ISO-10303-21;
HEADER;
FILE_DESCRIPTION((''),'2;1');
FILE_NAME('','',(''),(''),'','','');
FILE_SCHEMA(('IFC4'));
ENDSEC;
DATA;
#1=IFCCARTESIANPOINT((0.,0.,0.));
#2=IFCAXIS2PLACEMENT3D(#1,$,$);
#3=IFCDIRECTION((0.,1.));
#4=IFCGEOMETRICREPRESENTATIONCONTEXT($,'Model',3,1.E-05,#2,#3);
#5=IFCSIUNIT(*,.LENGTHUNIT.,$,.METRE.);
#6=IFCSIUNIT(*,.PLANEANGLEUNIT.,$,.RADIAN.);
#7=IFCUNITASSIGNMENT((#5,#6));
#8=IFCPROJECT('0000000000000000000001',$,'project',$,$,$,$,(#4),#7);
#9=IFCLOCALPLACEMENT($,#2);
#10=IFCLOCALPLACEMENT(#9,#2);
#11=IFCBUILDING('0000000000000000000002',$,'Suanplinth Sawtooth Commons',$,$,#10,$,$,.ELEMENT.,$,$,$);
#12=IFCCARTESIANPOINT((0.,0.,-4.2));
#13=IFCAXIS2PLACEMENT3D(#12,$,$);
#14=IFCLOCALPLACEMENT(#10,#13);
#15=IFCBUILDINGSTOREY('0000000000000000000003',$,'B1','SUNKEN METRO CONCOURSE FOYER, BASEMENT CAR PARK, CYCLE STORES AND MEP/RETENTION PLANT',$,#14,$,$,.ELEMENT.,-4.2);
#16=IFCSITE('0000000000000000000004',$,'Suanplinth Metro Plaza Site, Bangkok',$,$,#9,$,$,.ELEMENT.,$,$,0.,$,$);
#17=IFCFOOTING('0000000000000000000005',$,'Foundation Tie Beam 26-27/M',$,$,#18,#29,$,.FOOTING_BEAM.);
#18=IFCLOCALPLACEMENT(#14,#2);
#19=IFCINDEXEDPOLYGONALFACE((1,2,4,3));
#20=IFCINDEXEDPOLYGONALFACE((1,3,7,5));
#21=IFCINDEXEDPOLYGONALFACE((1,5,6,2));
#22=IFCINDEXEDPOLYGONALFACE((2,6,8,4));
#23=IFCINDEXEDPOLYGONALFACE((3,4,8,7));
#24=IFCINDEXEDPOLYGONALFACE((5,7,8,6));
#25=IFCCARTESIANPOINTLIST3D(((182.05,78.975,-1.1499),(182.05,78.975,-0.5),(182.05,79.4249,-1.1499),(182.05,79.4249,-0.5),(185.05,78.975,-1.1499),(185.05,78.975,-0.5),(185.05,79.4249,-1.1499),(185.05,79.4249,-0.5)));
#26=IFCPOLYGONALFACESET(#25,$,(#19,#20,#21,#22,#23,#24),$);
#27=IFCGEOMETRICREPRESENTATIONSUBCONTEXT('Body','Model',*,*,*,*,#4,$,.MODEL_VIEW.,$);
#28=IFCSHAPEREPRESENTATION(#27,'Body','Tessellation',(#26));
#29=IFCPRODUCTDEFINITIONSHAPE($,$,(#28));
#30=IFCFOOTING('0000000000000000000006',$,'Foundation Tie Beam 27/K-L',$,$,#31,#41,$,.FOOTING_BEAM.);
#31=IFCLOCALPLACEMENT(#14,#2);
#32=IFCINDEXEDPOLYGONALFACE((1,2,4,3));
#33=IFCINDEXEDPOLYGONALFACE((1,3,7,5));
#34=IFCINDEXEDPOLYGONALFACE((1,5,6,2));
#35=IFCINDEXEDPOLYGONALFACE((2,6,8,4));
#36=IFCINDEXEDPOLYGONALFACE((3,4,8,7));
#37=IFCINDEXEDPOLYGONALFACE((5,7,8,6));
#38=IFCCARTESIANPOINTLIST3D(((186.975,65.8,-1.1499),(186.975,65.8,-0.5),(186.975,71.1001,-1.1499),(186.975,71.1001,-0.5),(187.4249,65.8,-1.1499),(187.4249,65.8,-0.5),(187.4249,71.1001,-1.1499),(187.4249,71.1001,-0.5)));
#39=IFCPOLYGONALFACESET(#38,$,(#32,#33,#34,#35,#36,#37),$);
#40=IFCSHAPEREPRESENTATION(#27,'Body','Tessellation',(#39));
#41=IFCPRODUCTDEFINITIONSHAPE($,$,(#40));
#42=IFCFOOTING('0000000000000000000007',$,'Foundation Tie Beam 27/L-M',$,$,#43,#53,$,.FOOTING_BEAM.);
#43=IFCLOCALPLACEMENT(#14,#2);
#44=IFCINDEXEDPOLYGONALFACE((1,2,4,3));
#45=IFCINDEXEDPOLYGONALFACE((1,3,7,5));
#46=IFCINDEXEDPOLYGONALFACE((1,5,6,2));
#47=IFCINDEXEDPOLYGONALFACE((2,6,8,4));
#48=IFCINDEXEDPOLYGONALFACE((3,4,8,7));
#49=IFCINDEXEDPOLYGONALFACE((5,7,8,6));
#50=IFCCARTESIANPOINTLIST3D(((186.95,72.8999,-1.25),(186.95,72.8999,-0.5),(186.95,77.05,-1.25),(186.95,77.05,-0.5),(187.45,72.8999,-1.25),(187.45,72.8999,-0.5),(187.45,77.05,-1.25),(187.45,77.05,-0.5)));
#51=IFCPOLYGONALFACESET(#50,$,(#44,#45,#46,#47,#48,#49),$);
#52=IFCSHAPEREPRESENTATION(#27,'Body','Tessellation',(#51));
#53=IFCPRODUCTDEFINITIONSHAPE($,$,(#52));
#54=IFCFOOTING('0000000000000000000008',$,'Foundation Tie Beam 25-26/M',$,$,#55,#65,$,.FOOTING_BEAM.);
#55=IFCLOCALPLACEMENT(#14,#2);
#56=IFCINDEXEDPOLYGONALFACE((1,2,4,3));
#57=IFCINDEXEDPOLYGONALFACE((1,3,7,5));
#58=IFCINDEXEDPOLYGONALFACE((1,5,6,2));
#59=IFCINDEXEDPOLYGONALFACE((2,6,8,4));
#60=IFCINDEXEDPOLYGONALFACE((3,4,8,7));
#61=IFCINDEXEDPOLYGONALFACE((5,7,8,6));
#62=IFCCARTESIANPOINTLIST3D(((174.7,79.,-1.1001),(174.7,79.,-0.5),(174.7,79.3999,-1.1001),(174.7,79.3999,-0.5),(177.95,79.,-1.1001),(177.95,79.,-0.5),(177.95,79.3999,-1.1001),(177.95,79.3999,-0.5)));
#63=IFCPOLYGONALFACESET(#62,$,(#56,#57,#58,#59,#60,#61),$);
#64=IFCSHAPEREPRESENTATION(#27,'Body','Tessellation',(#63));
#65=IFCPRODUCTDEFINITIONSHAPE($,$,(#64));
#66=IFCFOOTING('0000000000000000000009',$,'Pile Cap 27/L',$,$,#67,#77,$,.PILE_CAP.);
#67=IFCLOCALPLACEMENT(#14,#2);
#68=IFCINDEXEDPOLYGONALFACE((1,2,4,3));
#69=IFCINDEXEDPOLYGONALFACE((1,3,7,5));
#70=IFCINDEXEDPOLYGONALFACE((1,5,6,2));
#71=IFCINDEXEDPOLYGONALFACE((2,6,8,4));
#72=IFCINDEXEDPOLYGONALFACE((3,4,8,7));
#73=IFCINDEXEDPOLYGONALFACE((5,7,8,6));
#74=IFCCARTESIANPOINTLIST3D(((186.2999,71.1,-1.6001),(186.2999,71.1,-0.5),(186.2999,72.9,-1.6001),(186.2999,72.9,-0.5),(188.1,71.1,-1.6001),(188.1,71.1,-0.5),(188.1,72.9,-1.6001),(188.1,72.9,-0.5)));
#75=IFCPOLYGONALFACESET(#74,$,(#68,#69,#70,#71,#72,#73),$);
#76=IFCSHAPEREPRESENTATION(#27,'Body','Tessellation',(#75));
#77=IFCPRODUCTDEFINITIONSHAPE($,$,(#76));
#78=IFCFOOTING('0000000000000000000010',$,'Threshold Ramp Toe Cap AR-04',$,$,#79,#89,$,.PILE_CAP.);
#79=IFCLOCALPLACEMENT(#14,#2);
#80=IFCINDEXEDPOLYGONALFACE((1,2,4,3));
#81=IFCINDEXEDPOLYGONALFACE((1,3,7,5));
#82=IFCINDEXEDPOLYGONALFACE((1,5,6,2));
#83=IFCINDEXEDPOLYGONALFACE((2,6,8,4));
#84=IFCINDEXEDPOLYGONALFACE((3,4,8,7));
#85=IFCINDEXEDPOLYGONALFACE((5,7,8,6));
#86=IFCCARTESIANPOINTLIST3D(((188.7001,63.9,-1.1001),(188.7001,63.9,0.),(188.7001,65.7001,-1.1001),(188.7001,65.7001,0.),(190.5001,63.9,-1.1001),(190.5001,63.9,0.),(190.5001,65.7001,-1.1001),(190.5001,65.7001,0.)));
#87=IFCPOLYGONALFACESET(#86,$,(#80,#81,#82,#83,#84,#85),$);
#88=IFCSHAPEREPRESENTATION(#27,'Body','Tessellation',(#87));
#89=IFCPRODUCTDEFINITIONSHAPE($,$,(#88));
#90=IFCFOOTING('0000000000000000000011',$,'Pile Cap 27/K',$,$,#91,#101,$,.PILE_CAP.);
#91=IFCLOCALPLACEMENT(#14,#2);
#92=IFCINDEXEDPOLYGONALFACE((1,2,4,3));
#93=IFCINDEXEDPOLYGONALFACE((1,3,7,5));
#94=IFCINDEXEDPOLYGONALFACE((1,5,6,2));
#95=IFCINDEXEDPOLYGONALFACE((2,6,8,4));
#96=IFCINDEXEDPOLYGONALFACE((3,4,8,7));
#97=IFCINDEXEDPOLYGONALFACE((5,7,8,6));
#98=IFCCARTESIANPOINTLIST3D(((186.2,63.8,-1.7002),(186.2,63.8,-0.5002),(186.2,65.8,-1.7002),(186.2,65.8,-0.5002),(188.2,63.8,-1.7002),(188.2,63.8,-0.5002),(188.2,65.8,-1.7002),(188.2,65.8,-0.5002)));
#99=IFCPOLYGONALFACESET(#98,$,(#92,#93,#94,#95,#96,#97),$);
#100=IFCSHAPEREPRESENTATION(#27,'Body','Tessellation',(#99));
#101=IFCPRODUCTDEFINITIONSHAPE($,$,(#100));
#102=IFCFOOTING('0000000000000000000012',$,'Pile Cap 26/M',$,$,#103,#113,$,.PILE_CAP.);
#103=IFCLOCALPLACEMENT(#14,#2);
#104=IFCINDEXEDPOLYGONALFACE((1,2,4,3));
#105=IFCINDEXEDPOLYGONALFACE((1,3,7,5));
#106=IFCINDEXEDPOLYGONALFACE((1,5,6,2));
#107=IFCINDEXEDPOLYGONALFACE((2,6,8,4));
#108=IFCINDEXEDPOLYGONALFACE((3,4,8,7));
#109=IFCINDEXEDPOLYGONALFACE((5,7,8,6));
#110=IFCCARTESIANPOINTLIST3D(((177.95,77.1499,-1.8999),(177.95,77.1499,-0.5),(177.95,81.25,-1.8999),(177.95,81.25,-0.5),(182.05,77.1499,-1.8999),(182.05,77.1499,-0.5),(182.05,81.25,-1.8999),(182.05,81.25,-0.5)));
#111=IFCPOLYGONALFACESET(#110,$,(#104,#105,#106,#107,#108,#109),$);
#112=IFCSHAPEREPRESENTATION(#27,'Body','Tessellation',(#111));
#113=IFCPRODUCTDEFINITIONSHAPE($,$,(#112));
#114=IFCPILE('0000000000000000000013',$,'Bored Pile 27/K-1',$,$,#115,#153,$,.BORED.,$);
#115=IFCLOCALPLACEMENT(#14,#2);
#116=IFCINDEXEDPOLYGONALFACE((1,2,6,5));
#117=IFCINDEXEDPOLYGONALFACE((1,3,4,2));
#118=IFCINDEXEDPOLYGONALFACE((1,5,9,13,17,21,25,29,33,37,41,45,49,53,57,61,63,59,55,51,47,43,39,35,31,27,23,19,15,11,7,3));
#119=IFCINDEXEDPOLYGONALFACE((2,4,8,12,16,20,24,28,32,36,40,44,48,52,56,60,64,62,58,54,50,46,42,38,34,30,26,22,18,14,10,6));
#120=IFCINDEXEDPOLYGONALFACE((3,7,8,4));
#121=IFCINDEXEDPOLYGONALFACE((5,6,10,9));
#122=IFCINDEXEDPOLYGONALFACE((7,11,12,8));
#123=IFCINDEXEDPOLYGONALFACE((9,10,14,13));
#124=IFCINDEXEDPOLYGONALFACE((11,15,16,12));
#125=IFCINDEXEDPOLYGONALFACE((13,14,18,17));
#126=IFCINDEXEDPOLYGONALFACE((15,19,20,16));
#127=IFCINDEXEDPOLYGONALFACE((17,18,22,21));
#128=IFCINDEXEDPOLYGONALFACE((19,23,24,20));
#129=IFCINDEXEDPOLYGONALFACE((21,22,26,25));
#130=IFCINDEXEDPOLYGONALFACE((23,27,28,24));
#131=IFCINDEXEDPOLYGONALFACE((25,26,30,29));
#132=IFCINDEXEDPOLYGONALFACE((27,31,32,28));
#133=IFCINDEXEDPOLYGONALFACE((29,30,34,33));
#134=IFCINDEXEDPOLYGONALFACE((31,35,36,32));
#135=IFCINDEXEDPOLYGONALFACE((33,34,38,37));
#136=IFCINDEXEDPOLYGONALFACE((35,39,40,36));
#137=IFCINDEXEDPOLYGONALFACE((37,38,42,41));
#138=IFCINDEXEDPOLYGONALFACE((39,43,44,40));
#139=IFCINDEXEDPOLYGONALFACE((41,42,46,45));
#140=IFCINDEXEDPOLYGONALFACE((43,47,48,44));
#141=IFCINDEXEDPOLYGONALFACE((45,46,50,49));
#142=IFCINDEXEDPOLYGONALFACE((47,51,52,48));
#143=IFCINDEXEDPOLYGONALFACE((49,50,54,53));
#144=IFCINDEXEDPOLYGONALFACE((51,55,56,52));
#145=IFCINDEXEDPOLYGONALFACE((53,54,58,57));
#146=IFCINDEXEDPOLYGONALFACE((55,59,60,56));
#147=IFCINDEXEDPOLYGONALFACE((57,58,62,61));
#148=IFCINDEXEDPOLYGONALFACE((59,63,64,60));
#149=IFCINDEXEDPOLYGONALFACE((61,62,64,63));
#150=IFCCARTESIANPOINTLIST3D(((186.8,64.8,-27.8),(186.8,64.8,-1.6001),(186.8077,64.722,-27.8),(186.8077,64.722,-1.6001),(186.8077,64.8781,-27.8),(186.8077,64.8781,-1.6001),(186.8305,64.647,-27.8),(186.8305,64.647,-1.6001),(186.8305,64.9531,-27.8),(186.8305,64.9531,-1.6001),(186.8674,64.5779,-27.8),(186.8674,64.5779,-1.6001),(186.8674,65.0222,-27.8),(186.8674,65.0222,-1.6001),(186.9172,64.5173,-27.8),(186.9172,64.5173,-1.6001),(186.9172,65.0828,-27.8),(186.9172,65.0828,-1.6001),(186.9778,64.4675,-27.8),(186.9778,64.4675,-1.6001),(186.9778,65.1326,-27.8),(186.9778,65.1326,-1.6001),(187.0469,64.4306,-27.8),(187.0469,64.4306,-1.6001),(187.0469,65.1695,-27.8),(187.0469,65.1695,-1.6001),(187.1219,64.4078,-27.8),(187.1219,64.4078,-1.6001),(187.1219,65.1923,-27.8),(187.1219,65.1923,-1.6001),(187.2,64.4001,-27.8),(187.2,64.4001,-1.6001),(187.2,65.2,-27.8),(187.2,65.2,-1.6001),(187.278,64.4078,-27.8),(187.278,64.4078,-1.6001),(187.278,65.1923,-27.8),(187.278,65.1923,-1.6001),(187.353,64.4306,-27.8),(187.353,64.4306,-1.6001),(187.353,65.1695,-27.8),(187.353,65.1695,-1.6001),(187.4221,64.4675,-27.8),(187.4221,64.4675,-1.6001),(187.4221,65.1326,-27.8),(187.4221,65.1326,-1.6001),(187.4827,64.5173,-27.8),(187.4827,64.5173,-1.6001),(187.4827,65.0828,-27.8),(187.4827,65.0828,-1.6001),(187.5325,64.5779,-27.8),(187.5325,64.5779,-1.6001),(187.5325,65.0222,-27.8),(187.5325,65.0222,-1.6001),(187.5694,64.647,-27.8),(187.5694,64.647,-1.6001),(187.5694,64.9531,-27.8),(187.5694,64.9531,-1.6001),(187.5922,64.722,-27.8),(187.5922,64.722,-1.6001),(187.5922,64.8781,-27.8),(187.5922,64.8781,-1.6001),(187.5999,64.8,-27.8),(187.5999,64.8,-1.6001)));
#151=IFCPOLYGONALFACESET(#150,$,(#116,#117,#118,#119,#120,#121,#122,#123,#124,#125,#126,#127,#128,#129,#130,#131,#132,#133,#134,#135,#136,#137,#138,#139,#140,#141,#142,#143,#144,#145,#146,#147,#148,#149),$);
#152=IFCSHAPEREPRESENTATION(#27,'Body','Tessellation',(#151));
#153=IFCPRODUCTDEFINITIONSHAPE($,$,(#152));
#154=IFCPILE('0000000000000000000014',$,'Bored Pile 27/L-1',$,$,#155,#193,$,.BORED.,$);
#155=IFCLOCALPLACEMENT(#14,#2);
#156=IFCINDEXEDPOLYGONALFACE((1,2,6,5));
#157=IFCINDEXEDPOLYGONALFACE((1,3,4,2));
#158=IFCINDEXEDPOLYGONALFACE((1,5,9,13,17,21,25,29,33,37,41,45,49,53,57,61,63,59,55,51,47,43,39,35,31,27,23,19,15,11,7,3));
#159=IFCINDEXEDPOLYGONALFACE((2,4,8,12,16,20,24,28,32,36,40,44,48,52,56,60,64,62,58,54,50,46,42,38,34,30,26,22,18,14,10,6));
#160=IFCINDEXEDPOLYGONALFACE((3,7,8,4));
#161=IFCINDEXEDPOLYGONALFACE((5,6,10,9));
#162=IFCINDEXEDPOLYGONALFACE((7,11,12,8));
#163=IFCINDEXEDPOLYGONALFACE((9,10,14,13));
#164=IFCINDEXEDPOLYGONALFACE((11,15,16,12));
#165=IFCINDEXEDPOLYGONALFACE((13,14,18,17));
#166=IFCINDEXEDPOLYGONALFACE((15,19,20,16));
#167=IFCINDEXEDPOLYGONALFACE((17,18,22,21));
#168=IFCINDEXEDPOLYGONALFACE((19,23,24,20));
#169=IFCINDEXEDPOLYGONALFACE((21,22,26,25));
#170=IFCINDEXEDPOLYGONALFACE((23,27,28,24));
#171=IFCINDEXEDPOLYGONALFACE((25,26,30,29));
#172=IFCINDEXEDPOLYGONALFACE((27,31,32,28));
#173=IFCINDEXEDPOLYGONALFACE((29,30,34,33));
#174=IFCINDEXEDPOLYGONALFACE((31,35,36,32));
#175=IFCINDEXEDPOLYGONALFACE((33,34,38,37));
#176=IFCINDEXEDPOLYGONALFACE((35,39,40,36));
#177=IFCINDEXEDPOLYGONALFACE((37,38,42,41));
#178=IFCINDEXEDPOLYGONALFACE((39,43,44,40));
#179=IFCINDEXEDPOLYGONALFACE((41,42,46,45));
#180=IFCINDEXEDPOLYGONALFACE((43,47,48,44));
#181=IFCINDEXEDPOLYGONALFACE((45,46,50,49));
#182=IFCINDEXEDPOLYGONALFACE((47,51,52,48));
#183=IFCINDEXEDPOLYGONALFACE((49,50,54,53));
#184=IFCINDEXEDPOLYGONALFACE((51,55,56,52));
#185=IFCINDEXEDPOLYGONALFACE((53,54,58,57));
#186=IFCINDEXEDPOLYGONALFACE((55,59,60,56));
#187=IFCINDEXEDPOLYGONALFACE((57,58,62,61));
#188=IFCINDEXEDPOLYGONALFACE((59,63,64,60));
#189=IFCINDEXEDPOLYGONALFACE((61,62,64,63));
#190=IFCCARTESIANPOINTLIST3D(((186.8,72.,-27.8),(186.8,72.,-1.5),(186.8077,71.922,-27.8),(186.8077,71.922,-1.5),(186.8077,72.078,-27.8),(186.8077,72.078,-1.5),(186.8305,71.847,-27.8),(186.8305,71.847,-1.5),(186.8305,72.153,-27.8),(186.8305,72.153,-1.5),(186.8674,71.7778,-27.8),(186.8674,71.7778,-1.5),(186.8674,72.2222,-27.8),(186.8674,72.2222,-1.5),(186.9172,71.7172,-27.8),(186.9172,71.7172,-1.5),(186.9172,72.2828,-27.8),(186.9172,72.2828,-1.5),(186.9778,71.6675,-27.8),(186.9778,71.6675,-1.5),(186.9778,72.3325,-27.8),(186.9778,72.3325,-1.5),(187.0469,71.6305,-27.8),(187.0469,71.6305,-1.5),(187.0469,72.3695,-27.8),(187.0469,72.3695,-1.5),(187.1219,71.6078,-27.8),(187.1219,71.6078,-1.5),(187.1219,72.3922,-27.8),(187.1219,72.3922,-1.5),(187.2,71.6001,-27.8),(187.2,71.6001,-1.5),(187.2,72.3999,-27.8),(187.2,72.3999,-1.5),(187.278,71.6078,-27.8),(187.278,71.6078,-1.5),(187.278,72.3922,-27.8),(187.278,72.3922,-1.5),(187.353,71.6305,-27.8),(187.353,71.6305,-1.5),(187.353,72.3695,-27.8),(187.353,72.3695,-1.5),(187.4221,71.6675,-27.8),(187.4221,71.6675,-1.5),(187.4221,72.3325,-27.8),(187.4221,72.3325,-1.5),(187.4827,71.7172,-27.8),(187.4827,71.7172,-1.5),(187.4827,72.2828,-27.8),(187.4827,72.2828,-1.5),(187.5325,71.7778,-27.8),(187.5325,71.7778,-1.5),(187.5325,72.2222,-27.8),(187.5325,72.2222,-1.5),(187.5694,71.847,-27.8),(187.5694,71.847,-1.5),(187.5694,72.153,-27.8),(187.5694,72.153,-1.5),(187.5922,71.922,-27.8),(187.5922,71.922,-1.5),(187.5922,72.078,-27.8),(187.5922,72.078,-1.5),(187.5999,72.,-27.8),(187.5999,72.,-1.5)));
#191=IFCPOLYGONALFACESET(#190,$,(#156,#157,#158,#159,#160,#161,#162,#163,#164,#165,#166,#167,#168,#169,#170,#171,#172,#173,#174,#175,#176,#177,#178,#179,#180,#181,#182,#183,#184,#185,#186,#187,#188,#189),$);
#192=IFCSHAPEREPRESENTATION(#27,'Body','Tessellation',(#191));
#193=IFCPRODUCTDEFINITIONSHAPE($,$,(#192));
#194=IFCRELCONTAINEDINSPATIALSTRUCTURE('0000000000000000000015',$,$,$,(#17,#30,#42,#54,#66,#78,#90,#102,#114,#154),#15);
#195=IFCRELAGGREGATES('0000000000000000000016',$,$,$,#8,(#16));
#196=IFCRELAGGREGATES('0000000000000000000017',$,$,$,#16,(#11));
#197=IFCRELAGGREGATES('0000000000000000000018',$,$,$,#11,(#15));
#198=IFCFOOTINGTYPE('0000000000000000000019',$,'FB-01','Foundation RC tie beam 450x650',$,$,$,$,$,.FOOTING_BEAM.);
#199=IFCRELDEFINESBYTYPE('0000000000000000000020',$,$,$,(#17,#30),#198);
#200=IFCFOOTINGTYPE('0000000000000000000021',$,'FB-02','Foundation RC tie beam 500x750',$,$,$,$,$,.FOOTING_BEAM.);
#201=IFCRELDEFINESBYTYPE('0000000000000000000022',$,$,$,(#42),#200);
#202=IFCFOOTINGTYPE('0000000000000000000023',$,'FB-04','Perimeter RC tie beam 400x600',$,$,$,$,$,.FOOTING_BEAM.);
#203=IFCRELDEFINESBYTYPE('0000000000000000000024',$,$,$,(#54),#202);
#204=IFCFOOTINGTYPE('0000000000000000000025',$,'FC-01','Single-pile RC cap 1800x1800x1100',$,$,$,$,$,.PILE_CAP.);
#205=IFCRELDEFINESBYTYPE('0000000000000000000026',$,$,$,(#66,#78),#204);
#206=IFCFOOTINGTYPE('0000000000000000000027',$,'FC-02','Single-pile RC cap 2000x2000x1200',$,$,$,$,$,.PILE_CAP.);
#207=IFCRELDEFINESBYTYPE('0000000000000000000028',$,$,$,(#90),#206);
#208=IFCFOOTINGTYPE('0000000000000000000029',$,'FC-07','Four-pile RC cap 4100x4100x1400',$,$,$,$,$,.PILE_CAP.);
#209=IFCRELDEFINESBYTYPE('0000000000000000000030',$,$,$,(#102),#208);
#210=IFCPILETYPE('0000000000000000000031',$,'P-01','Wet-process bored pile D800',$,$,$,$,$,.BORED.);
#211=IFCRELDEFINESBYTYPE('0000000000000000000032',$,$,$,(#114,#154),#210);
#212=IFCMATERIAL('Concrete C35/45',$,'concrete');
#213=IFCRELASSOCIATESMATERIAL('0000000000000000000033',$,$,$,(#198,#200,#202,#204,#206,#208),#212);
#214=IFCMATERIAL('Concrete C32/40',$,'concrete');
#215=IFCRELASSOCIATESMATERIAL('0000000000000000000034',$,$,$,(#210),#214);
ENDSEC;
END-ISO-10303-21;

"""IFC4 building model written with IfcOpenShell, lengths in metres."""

from ifc_helpers import new_model, si_unit, direction, frame, origin, origin_2d, place, context, subcontext, project, spatial, rectangle, circle, extrude, material, material_profile, profile_set, type_object, element, save


model = new_model("IFC4")

# Units and contexts
model_context = context("Model", 3, precision=1e-05, world=origin(), true_north=direction((0.0, 1.0)))
body_context = subcontext(model_context, "Body", "Model", "MODEL_VIEW")
ifc_project = project(units=[si_unit("LENGTHUNIT", "METRE"), si_unit("PLANEANGLEUNIT", "RADIAN")], contexts=[model_context])

# Site, building, storey
site_placement = place(None, origin())
site = spatial("IfcSite", under=ifc_project, at=site_placement, Name="Suanplinth Metro Plaza Site, Bangkok", CompositionType="ELEMENT", RefElevation=0.0)
building_placement = place(site_placement, origin())
building = spatial("IfcBuilding", under=site, at=building_placement, Name="Suanplinth Sawtooth Commons", CompositionType="ELEMENT")
storey_placement = place(building_placement, frame((0.0, 0.0, -4.2)))
storey = spatial("IfcBuildingStorey", under=building, at=storey_placement, Name="B1", Description="SUNKEN METRO CONCOURSE FOYER, BASEMENT CAR PARK, CYCLE STORES AND MEP/RETENTION PLANT", CompositionType="ELEMENT", Elevation=-4.2)

# Footings
ifc_material_1 = material(Name="Concrete C35/45", Category="concrete")
ifc_material_profile_1 = material_profile(ifc_material_1, rectangle(XDim=0.45, YDim=0.6499, at=origin_2d()), Name="PC-GDR 450x650")
ifc_profile_set_1 = profile_set([ifc_material_profile_1], Name="Concrete C35/45")
footing_type_1 = type_object("IfcFootingType", Name="FB-01", Description="Foundation RC tie beam 450x650", PredefinedType="FOOTING_BEAM", material=ifc_profile_set_1)
footing_1_placement = place(storey_placement, frame((182.05, 79.2, -0.825), z_axis=(1.0, 0.0, 0.0), x_axis=(0.0, 1.0, 0.0)))
element("IfcFooting", 1, at=footing_1_placement, inside=storey, type_object=footing_type_1, Name="Foundation Tie Beam 26-27/M", PredefinedType="FOOTING_BEAM", context=body_context, shape_type="SweptSolid", body=[
    extrude(rectangle(XDim=0.45, YDim=0.6499, at=origin_2d()), origin(), (0.0, 0.0, 1.0), 3.0),
])
footing_2_placement = place(storey_placement, frame((187.2, 65.8, -0.825), z_axis=(0.0, 1.0, 0.0), x_axis=(-1.0, 0.0, 0.0)))
element("IfcFooting", 2, at=footing_2_placement, inside=storey, type_object=footing_type_1, Name="Foundation Tie Beam 27/K-L", PredefinedType="FOOTING_BEAM", context=body_context, shape_type="SweptSolid", body=[
    extrude(rectangle(XDim=0.45, YDim=0.6499, at=origin_2d()), origin(), (0.0, 0.0, 1.0), 5.3),
])
ifc_material_profile_2 = material_profile(ifc_material_1, rectangle(XDim=0.5, YDim=0.75, at=origin_2d()), Name="RC-GDR 500x750")
ifc_profile_set_2 = profile_set([ifc_material_profile_2], Name="Concrete C35/45")
footing_type_2 = type_object("IfcFootingType", Name="FB-02", Description="Foundation RC tie beam 500x750", PredefinedType="FOOTING_BEAM", material=ifc_profile_set_2)
footing_3_placement = place(storey_placement, frame((187.2, 72.8999, -0.875), z_axis=(0.0, 1.0, 0.0), x_axis=(-1.0, 0.0, 0.0)))
element("IfcFooting", 3, at=footing_3_placement, inside=storey, type_object=footing_type_2, Name="Foundation Tie Beam 27/L-M", PredefinedType="FOOTING_BEAM", context=body_context, shape_type="SweptSolid", body=[
    extrude(rectangle(XDim=0.5, YDim=0.75, at=origin_2d()), origin(), (0.0, 0.0, 1.0), 4.1501),
])
ifc_material_profile_3 = material_profile(ifc_material_1, rectangle(XDim=0.3999, YDim=0.6001, at=origin_2d()), Name="PC-GDR 400x600")
ifc_profile_set_3 = profile_set([ifc_material_profile_3], Name="Concrete C35/45")
footing_type_3 = type_object("IfcFootingType", Name="FB-04", Description="Perimeter RC tie beam 400x600", PredefinedType="FOOTING_BEAM", material=ifc_profile_set_3)
footing_4_placement = place(storey_placement, frame((174.7, 79.2, -0.8), z_axis=(1.0, 0.0, 0.0), x_axis=(0.0, 1.0, 0.0)))
element("IfcFooting", 4, at=footing_4_placement, inside=storey, type_object=footing_type_3, Name="Foundation Tie Beam 25-26/M", PredefinedType="FOOTING_BEAM", context=body_context, shape_type="SweptSolid", body=[
    extrude(rectangle(XDim=0.3999, YDim=0.6001, at=origin_2d()), origin(), (0.0, 0.0, 1.0), 3.25),
])
footing_type_4 = type_object("IfcFootingType", Name="FC-01", Description="Single-pile RC cap 1800x1800x1100", PredefinedType="PILE_CAP", material=ifc_material_1)
for number, where, z_axis, x_axis, name in (
    (5, (187.2, 72.0, -1.6001), (0.0, 0.0, 1.0), (1.0, 0.0, 0.0), "Pile Cap 27/L"),
    (6, (189.6001, 64.8, -1.1001), (0.0, 0.0, 1.0), (1.0, 0.0, 0.0), "Threshold Ramp Toe Cap AR-04"),
):
    element("IfcFooting", number, at=place(storey_placement, frame(where, z_axis=z_axis, x_axis=x_axis)), inside=storey, type_object=footing_type_4, Name=name, PredefinedType="PILE_CAP", context=body_context, shape_type="SweptSolid", body=[
        extrude(rectangle(XDim=1.8, YDim=1.8, at=origin_2d()), origin(), (0.0, 0.0, 1.0), 1.1001),
    ])
footing_type_5 = type_object("IfcFootingType", Name="FC-02", Description="Single-pile RC cap 2000x2000x1200", PredefinedType="PILE_CAP", material=ifc_material_1)
footing_5_placement = place(storey_placement, frame((187.2, 64.8, -1.7002), z_axis=(0.0, 0.0, 1.0), x_axis=(1.0, 0.0, 0.0)))
element("IfcFooting", 7, at=footing_5_placement, inside=storey, type_object=footing_type_5, Name="Pile Cap 27/K", PredefinedType="PILE_CAP", context=body_context, shape_type="SweptSolid", body=[
    extrude(rectangle(XDim=2.0, YDim=2.0, at=origin_2d()), origin(), (0.0, 0.0, 1.0), 1.2),
])
footing_type_6 = type_object("IfcFootingType", Name="FC-07", Description="Four-pile RC cap 4100x4100x1400", PredefinedType="PILE_CAP", material=ifc_material_1)
footing_6_placement = place(storey_placement, frame((180.0, 79.2, -1.8999), z_axis=(0.0, 0.0, 1.0), x_axis=(1.0, 0.0, 0.0)))
element("IfcFooting", 8, at=footing_6_placement, inside=storey, type_object=footing_type_6, Name="Pile Cap 26/M", PredefinedType="PILE_CAP", context=body_context, shape_type="SweptSolid", body=[
    extrude(rectangle(XDim=4.1001, YDim=4.1001, at=origin_2d()), origin(), (0.0, 0.0, 1.0), 1.3999),
])

# Piles
ifc_material_2 = material(Name="Concrete C32/40", Category="concrete")
ifc_material_profile_4 = material_profile(ifc_material_2, circle(Radius=0.3999, at=origin_2d()), Name="PILE D800")
ifc_profile_set_4 = profile_set([ifc_material_profile_4], Name="Concrete C32/40")
pile_type_1 = type_object("IfcPileType", Name="P-01", Description="Wet-process bored pile D800", PredefinedType="BORED", material=ifc_profile_set_4)
pile_1_placement = place(storey_placement, frame((187.2, 64.8, -1.6001), z_axis=(0.0, 0.0, -1.0), x_axis=(1.0, 0.0, 0.0)))
element("IfcPile", 9, at=pile_1_placement, inside=storey, type_object=pile_type_1, Name="Bored Pile 27/K-1", PredefinedType="BORED", context=body_context, shape_type="SweptSolid", body=[
    extrude(circle(Radius=0.3999, at=origin_2d()), origin(), (0.0, 0.0, 1.0), 26.2),
])
pile_2_placement = place(storey_placement, frame((187.2, 72.0, -1.5), z_axis=(0.0, 0.0, -1.0), x_axis=(1.0, 0.0, 0.0)))
element("IfcPile", 10, at=pile_2_placement, inside=storey, type_object=pile_type_1, Name="Bored Pile 27/L-1", PredefinedType="BORED", context=body_context, shape_type="SweptSolid", body=[
    extrude(circle(Radius=0.3999, at=origin_2d()), origin(), (0.0, 0.0, 1.0), 26.3),
])

save(model, "model.ifc")
